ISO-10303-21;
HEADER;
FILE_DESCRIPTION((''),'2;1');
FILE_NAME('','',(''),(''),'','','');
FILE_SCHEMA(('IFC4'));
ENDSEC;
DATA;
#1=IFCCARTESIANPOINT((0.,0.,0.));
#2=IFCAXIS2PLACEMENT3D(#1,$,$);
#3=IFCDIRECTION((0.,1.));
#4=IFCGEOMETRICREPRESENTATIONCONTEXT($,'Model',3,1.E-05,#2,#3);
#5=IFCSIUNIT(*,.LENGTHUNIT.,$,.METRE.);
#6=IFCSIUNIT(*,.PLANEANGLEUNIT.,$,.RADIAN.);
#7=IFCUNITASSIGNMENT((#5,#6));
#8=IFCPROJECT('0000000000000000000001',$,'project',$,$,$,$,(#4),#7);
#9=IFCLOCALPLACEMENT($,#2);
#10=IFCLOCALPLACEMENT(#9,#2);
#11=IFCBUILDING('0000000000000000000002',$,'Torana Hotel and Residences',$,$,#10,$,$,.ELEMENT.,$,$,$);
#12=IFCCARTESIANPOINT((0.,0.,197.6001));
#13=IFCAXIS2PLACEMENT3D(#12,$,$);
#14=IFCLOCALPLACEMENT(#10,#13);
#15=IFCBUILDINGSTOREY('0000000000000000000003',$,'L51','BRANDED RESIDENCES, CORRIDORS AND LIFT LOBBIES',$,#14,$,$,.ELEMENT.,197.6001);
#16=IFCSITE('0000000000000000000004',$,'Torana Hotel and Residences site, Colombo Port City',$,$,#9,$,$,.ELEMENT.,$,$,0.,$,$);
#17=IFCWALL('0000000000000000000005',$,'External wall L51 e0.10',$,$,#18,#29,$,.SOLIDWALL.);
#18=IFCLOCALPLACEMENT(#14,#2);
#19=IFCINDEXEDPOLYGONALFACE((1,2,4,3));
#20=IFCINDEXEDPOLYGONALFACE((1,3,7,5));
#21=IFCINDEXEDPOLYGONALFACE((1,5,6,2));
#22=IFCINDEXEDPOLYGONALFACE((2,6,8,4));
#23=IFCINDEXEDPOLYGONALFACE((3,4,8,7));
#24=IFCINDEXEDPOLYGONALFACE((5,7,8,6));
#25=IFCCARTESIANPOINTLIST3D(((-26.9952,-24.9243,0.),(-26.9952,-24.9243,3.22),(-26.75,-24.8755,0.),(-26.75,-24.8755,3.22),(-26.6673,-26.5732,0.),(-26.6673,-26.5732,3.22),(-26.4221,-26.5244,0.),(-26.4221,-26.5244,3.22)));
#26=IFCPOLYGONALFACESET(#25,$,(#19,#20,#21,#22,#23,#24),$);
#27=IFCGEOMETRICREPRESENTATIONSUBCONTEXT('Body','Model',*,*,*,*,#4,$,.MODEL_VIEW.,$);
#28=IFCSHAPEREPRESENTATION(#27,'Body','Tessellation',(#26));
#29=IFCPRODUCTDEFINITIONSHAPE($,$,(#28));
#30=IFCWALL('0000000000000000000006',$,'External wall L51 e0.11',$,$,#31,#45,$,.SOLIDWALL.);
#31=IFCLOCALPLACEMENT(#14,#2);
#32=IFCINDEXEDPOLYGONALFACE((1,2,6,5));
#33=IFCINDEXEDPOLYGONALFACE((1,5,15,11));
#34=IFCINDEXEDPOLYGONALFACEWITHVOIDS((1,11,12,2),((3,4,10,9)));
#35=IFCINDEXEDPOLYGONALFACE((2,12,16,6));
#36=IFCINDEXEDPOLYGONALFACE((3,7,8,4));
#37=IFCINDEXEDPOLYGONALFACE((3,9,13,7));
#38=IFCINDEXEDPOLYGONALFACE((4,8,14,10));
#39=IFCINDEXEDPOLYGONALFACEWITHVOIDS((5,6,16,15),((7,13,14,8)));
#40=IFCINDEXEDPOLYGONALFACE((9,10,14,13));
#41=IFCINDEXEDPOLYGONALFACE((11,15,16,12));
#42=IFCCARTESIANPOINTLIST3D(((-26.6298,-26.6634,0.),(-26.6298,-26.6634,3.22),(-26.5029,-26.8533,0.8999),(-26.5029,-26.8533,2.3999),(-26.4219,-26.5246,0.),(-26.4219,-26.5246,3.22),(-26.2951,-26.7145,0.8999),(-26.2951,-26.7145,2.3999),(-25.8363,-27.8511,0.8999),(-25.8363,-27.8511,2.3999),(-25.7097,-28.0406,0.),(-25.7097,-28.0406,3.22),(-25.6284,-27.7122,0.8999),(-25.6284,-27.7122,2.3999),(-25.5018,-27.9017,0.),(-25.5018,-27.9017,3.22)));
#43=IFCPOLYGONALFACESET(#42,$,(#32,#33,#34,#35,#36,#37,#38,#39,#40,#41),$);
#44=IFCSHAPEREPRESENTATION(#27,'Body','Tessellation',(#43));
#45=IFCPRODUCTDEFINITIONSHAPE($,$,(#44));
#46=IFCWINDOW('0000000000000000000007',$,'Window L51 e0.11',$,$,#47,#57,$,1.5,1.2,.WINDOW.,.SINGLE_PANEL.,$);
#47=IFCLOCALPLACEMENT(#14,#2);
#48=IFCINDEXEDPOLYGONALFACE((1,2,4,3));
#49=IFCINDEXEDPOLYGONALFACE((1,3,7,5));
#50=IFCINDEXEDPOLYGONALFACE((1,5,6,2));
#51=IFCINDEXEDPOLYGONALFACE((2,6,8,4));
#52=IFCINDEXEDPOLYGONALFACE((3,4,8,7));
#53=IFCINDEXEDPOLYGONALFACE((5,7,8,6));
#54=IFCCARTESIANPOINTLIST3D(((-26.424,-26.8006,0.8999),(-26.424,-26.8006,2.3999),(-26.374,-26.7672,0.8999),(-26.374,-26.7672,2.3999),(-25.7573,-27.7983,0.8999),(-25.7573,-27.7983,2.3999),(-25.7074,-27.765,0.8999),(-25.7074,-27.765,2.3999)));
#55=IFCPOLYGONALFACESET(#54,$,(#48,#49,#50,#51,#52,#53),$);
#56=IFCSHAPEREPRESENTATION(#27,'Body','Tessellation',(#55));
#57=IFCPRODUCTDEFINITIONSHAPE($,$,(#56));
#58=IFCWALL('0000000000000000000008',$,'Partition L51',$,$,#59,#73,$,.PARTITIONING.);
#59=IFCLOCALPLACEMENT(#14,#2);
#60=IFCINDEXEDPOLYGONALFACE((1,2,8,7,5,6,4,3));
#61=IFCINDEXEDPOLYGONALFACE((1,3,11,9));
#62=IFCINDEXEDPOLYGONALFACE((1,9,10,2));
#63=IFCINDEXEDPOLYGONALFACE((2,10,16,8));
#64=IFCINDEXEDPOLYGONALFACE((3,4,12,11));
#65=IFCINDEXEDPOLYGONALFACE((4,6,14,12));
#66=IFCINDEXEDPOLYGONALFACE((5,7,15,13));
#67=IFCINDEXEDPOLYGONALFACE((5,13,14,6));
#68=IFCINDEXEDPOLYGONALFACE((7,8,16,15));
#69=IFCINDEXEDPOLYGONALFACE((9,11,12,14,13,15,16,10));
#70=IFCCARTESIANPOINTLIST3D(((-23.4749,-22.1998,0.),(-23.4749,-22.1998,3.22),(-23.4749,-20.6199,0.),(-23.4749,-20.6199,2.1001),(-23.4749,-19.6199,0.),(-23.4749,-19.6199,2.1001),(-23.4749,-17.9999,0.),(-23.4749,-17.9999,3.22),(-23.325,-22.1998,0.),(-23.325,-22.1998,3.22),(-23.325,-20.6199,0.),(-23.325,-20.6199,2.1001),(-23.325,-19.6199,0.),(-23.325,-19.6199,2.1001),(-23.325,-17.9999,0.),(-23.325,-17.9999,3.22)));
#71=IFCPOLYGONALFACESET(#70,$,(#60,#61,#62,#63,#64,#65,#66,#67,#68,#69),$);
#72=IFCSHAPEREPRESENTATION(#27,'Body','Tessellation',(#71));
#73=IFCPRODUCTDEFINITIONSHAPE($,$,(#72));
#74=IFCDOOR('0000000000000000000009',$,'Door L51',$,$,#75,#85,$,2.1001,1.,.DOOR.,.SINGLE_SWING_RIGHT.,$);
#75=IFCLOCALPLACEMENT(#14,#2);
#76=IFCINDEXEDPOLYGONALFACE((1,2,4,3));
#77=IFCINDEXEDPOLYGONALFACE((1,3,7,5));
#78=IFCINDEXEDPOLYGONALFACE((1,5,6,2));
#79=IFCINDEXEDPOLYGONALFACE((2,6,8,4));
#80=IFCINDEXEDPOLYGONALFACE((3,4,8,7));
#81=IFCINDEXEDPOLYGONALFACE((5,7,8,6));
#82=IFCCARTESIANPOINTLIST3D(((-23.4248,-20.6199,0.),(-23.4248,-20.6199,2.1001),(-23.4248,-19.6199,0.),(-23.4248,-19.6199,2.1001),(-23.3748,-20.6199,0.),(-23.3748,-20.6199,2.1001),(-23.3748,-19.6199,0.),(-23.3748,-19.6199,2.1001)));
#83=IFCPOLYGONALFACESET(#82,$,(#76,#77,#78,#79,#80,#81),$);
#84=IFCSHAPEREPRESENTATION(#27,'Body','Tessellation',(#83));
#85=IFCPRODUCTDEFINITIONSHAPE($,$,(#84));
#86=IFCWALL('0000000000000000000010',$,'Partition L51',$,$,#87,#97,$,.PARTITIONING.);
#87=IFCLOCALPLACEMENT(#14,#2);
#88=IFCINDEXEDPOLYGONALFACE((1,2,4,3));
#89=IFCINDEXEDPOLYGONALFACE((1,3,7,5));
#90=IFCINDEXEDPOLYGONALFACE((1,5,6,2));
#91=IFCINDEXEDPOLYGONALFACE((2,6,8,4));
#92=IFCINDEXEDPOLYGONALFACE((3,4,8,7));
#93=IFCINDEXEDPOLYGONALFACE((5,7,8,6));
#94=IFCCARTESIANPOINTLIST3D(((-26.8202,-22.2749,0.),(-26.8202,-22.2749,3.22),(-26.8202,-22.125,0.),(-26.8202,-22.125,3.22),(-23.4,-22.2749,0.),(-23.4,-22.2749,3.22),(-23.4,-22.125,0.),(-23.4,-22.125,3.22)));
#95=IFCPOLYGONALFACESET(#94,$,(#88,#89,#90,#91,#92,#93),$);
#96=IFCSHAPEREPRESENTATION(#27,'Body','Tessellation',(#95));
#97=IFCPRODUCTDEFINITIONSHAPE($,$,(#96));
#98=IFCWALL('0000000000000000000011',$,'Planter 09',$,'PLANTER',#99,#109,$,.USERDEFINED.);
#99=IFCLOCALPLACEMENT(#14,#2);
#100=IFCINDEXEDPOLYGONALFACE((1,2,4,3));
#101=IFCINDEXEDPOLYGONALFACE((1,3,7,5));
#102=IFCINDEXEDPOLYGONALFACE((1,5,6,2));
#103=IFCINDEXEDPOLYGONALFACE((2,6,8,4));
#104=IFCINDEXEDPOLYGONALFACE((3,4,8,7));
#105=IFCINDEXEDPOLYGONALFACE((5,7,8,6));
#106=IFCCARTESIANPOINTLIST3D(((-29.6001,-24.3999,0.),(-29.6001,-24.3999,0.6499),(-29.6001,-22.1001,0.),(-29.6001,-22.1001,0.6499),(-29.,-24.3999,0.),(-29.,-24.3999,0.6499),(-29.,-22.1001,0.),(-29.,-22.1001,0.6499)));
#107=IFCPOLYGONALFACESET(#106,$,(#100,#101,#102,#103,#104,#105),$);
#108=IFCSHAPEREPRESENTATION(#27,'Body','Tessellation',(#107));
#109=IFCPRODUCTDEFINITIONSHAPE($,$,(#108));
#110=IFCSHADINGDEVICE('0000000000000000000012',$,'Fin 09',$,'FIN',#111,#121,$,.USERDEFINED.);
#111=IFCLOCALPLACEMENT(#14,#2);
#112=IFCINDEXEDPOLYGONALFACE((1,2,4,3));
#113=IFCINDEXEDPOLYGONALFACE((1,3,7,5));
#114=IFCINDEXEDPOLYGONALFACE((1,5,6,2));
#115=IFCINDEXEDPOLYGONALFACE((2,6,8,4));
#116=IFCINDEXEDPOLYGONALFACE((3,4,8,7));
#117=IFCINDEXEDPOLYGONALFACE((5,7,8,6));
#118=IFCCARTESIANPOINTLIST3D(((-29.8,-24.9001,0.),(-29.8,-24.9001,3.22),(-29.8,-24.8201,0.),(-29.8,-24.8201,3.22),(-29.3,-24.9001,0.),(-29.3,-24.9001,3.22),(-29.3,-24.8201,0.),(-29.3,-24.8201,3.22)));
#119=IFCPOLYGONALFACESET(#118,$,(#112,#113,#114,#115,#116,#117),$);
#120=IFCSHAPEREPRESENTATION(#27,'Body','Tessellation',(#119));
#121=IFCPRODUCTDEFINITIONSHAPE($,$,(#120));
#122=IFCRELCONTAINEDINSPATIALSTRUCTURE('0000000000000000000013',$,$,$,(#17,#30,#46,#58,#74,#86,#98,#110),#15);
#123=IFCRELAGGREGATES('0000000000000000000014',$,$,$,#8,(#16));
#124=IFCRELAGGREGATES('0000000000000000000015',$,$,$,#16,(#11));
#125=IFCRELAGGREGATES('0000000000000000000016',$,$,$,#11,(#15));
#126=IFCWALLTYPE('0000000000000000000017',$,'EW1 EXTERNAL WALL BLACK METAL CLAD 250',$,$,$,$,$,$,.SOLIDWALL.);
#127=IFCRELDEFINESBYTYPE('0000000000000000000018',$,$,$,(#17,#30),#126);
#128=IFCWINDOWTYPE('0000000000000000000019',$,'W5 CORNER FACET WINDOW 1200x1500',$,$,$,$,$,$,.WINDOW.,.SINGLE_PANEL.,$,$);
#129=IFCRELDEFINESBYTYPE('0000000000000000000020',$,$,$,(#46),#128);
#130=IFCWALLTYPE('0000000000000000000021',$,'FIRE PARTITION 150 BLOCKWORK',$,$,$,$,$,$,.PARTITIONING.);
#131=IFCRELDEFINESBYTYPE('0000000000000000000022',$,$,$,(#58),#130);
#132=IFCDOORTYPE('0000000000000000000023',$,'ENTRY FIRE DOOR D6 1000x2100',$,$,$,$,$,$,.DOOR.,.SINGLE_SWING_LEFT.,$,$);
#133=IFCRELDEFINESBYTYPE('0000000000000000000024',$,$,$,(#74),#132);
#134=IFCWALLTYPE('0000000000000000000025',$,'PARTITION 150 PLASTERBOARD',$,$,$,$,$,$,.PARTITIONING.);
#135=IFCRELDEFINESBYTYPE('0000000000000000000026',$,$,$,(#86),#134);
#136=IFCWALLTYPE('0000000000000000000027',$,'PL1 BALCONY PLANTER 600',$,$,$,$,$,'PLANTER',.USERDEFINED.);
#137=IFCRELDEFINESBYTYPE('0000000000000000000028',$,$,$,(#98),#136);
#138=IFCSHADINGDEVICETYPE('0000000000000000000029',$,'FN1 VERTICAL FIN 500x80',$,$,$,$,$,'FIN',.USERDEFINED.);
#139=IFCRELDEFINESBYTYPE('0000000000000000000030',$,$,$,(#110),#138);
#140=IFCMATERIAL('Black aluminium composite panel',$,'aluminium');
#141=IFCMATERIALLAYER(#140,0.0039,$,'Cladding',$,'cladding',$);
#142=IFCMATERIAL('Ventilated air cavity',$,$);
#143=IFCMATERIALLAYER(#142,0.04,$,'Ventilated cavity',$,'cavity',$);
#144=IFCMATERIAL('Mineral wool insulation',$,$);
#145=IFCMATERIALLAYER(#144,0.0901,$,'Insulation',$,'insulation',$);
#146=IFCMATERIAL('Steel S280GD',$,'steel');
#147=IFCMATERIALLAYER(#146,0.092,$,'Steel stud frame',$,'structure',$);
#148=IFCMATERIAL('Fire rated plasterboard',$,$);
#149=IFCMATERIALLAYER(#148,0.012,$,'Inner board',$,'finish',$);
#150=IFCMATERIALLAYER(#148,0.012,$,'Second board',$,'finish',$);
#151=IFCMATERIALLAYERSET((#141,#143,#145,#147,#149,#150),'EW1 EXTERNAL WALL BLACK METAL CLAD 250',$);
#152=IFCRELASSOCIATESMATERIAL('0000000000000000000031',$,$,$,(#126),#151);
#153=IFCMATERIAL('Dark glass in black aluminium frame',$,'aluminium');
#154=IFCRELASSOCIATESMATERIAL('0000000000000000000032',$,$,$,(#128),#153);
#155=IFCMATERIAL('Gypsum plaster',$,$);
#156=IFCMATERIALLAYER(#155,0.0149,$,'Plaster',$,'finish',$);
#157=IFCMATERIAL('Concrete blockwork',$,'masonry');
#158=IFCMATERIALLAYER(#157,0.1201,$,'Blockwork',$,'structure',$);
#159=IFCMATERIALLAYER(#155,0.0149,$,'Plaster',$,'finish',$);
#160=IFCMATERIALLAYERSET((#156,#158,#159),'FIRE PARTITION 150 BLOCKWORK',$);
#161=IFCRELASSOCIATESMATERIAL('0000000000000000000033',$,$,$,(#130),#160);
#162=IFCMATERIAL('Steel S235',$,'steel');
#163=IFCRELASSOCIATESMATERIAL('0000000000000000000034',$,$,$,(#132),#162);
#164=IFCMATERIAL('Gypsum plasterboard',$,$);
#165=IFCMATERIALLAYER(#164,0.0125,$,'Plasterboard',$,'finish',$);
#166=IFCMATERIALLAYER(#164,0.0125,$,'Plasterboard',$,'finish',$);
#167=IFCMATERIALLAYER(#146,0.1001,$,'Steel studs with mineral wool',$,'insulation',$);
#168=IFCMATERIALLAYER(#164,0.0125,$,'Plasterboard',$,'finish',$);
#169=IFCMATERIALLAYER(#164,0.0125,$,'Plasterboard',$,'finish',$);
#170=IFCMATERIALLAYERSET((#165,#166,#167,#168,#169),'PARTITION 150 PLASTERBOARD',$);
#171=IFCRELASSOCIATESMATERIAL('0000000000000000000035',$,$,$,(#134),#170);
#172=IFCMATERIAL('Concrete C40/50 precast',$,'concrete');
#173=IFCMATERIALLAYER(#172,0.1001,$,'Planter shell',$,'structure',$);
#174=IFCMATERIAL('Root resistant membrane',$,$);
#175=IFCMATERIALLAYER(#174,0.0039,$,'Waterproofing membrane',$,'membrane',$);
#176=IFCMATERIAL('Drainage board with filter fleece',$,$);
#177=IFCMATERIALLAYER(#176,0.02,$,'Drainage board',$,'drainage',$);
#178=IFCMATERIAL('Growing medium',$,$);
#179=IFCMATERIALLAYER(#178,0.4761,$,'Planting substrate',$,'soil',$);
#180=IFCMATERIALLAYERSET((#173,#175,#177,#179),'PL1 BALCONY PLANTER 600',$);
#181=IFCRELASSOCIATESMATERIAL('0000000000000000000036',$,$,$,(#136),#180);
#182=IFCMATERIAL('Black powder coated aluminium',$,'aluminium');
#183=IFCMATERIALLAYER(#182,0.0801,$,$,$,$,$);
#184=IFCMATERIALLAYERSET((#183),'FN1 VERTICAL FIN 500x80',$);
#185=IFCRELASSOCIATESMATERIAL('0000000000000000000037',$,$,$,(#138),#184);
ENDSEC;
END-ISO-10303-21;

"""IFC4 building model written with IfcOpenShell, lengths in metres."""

from ifc_helpers import new_model, si_unit, direction, frame, frame_2d, origin, origin_2d, place, context, subcontext, project, spatial, rectangle, extrude, material, layer, layer_set, type_object, element, fill, save


model = new_model("IFC4")

# Units and contexts
model_context = context("Model", 3, precision=1e-05, world=origin(), true_north=direction((0.0, 1.0)))
body_context = subcontext(model_context, "Body", "Model", "MODEL_VIEW")
ifc_project = project(units=[si_unit("LENGTHUNIT", "METRE"), si_unit("PLANEANGLEUNIT", "RADIAN")], contexts=[model_context])

# Site, building, storey
site_placement = place(None, origin())
site = spatial("IfcSite", under=ifc_project, at=site_placement, Name="Torana Hotel and Residences site, Colombo Port City", CompositionType="ELEMENT", RefElevation=0.0)
building_placement = place(site_placement, origin())
building = spatial("IfcBuilding", under=site, at=building_placement, Name="Torana Hotel and Residences", CompositionType="ELEMENT")
storey_placement = place(building_placement, frame((0.0, 0.0, 197.6001)))
storey = spatial("IfcBuildingStorey", under=building, at=storey_placement, Name="L51", Description="BRANDED RESIDENCES, CORRIDORS AND LIFT LOBBIES", CompositionType="ELEMENT", Elevation=197.6001)

# Wall
ifc_material_1 = material(Name="Black aluminium composite panel", Category="aluminium")
ifc_layer_1 = layer(ifc_material_1, 0.0039, Name="Cladding", Category="cladding")
ifc_material_2 = material(Name="Ventilated air cavity")
ifc_layer_2 = layer(ifc_material_2, 0.04, Name="Ventilated cavity", Category="cavity")
ifc_material_3 = material(Name="Mineral wool insulation")
ifc_layer_3 = layer(ifc_material_3, 0.0901, Name="Insulation", Category="insulation")
ifc_material_4 = material(Name="Steel S280GD", Category="steel")
ifc_layer_4 = layer(ifc_material_4, 0.092, Name="Steel stud frame", Category="structure")
ifc_material_5 = material(Name="Fire rated plasterboard")
ifc_layer_5 = layer(ifc_material_5, 0.012, Name="Inner board", Category="finish")
ifc_layer_6 = layer(ifc_material_5, 0.012, Name="Second board", Category="finish")
ifc_layer_set_1 = layer_set([ifc_layer_1, ifc_layer_2, ifc_layer_3, ifc_layer_4, ifc_layer_5, ifc_layer_6], Name="EW1 EXTERNAL WALL BLACK METAL CLAD 250")
wall_type_1 = type_object("IfcWallType", Name="EW1 EXTERNAL WALL BLACK METAL CLAD 250", PredefinedType="SOLIDWALL", material=ifc_layer_set_1)
wall_1_placement = place(storey_placement, frame((-26.8726, -24.8999, 0.0), z_axis=(0.0, 0.0, 1.0), x_axis=(0.195027, -0.980798, 0.0)))
element("IfcWall", 1, at=wall_1_placement, inside=storey, type_object=wall_type_1, Name="External wall L51 e0.10", PredefinedType="SOLIDWALL", context=body_context, shape_type="SweptSolid", body=[
    extrude(rectangle(XDim=1.6812, YDim=0.25, at=frame_2d((0.8406, 0.0))), origin(), (0.0, 0.0, 1.0), 3.22),
])

# Wall, opening, window
wall_2_placement = place(storey_placement, frame((-26.5259, -26.594, 0.0), z_axis=(0.0, 0.0, 1.0), x_axis=(0.55555, -0.831483, 0.0)))
wall_2 = element("IfcWall", 2, at=wall_2_placement, inside=storey, type_object=wall_type_1, Name="External wall L51 e0.11", PredefinedType="SOLIDWALL", context=body_context, shape_type="SweptSolid", body=[
    extrude(rectangle(XDim=1.6562, YDim=0.25, at=frame_2d((0.8281, 0.0))), origin(), (0.0, 0.0, 1.0), 3.22),
])
opening_1_placement = place(wall_2_placement, frame((0.2283, 0.0, 0.8999)))
opening_1 = element("IfcOpeningElement", 3, at=opening_1_placement, cuts=wall_2, PredefinedType="OPENING", context=body_context, shape_type="SweptSolid", body=[
    extrude(rectangle(XDim=1.2, YDim=1.5, at=frame_2d((0.6001, 0.75))), frame((0.0, 0.135, 0.0), z_axis=(0.0, -1.0, 0.0), x_axis=(1.0, 0.0, 0.0)), (0.0, 0.0, 1.0), 0.27),
])
ifc_material_6 = material(Name="Dark glass in black aluminium frame", Category="aluminium")
window_type = type_object("IfcWindowType", Name="W5 CORNER FACET WINDOW 1200x1500", PartitioningType="SINGLE_PANEL", PredefinedType="WINDOW", material=ifc_material_6)
window_placement = place(opening_1_placement, origin())
window = element("IfcWindow", 4, at=window_placement, inside=storey, type_object=window_type, Name="Window L51 e0.11", OverallHeight=1.5, OverallWidth=1.2, PartitioningType="SINGLE_PANEL", PredefinedType="WINDOW", context=body_context, shape_type="SweptSolid", body=[
    extrude(rectangle(XDim=1.2, YDim=1.5, at=frame_2d((0.6001, 0.75))), frame((0.0, 0.03, 0.0), z_axis=(0.0, -1.0, 0.0), x_axis=(1.0, 0.0, 0.0)), (0.0, 0.0, 1.0), 0.0601),
])
fill(opening_1, window)

# Wall, opening, door
ifc_material_7 = material(Name="Gypsum plaster")
ifc_layer_7 = layer(ifc_material_7, 0.0149, Name="Plaster", Category="finish")
ifc_material_8 = material(Name="Concrete blockwork", Category="masonry")
ifc_layer_8 = layer(ifc_material_8, 0.1201, Name="Blockwork", Category="structure")
ifc_layer_9 = layer(ifc_material_7, 0.0149, Name="Plaster", Category="finish")
ifc_layer_set_2 = layer_set([ifc_layer_7, ifc_layer_8, ifc_layer_9], Name="FIRE PARTITION 150 BLOCKWORK")
wall_type_2 = type_object("IfcWallType", Name="FIRE PARTITION 150 BLOCKWORK", PredefinedType="PARTITIONING", material=ifc_layer_set_2)
wall_3_placement = place(storey_placement, frame((-23.3999, -22.2, 0.0), z_axis=(0.0, 0.0, 1.0), x_axis=(0.0, 1.0, 0.0)))
wall_3 = element("IfcWall", 5, at=wall_3_placement, inside=storey, type_object=wall_type_2, Name="Partition L51", PredefinedType="PARTITIONING", context=body_context, shape_type="SweptSolid", body=[
    extrude(rectangle(XDim=4.2, YDim=0.1499, at=frame_2d((2.1001, 0.0))), origin(), (0.0, 0.0, 1.0), 3.22),
])
opening_2_placement = place(wall_3_placement, frame((1.5801, 0.0, 0.0)))
opening_2 = element("IfcOpeningElement", 6, at=opening_2_placement, cuts=wall_3, PredefinedType="OPENING", context=body_context, shape_type="SweptSolid", body=[
    extrude(rectangle(XDim=1.0, YDim=2.1001, at=frame_2d((0.5, 1.05))), frame((0.0, 0.085, 0.0), z_axis=(0.0, -1.0, 0.0), x_axis=(1.0, 0.0, 0.0)), (0.0, 0.0, 1.0), 0.1699),
])
ifc_material_9 = material(Name="Steel S235", Category="steel")
door_type = type_object("IfcDoorType", Name="ENTRY FIRE DOOR D6 1000x2100", OperationType="SINGLE_SWING_LEFT", PredefinedType="DOOR", material=ifc_material_9)
door_placement = place(opening_2_placement, origin())
door = element("IfcDoor", 7, at=door_placement, inside=storey, type_object=door_type, Name="Door L51", OperationType="SINGLE_SWING_RIGHT", OverallHeight=2.1001, OverallWidth=1.0, PredefinedType="DOOR", context=body_context, shape_type="SweptSolid", body=[
    extrude(rectangle(XDim=1.0, YDim=2.1001, at=frame_2d((0.5, 1.05))), frame((0.0, 0.0249, 0.0), z_axis=(0.0, -1.0, 0.0), x_axis=(1.0, 0.0, 0.0)), (0.0, 0.0, 1.0), 0.05),
])
fill(opening_2, door)

# Walls
ifc_material_10 = material(Name="Gypsum plasterboard")
ifc_layer_10 = layer(ifc_material_10, 0.0125, Name="Plasterboard", Category="finish")
ifc_layer_11 = layer(ifc_material_10, 0.0125, Name="Plasterboard", Category="finish")
ifc_layer_12 = layer(ifc_material_4, 0.1001, Name="Steel studs with mineral wool", Category="insulation")
ifc_layer_13 = layer(ifc_material_10, 0.0125, Name="Plasterboard", Category="finish")
ifc_layer_14 = layer(ifc_material_10, 0.0125, Name="Plasterboard", Category="finish")
ifc_layer_set_3 = layer_set([ifc_layer_10, ifc_layer_11, ifc_layer_12, ifc_layer_13, ifc_layer_14], Name="PARTITION 150 PLASTERBOARD")
wall_type_3 = type_object("IfcWallType", Name="PARTITION 150 PLASTERBOARD", PredefinedType="PARTITIONING", material=ifc_layer_set_3)
wall_4_placement = place(storey_placement, frame((-26.8201, -22.2, 0.0), z_axis=(0.0, 0.0, 1.0), x_axis=(1.0, 0.0, 0.0)))
element("IfcWall", 8, at=wall_4_placement, inside=storey, type_object=wall_type_3, Name="Partition L51", PredefinedType="PARTITIONING", context=body_context, shape_type="SweptSolid", body=[
    extrude(rectangle(XDim=3.4202, YDim=0.1499, at=frame_2d((1.71, 0.0))), origin(), (0.0, 0.0, 1.0), 3.22),
])
ifc_material_11 = material(Name="Concrete C40/50 precast", Category="concrete")
ifc_layer_15 = layer(ifc_material_11, 0.1001, Name="Planter shell", Category="structure")
ifc_material_12 = material(Name="Root resistant membrane")
ifc_layer_16 = layer(ifc_material_12, 0.0039, Name="Waterproofing membrane", Category="membrane")
ifc_material_13 = material(Name="Drainage board with filter fleece")
ifc_layer_17 = layer(ifc_material_13, 0.02, Name="Drainage board", Category="drainage")
ifc_material_14 = material(Name="Growing medium")
ifc_layer_18 = layer(ifc_material_14, 0.4761, Name="Planting substrate", Category="soil")
ifc_layer_set_4 = layer_set([ifc_layer_15, ifc_layer_16, ifc_layer_17, ifc_layer_18], Name="PL1 BALCONY PLANTER 600")
wall_type_4 = type_object("IfcWallType", Name="PL1 BALCONY PLANTER 600", ElementType="PLANTER", PredefinedType="USERDEFINED", material=ifc_layer_set_4)
wall_5_placement = place(storey_placement, frame((-29.3, -24.3999, 0.0), z_axis=(0.0, 0.0, 1.0), x_axis=(0.0, 1.0, 0.0)))
element("IfcWall", 9, at=wall_5_placement, inside=storey, type_object=wall_type_4, Name="Planter 09", ObjectType="PLANTER", PredefinedType="USERDEFINED", context=body_context, shape_type="SweptSolid", body=[
    extrude(rectangle(XDim=2.2998, YDim=0.6001, at=frame_2d((1.1499, 0.0))), origin(), (0.0, 0.0, 1.0), 0.6499),
])

# Shading device
ifc_material_15 = material(Name="Black powder coated aluminium", Category="aluminium")
ifc_layer_19 = layer(ifc_material_15, 0.0801)
ifc_layer_set_5 = layer_set([ifc_layer_19], Name="FN1 VERTICAL FIN 500x80")
shading_device_type = type_object("IfcShadingDeviceType", Name="FN1 VERTICAL FIN 500x80", ElementType="FIN", PredefinedType="USERDEFINED", material=ifc_layer_set_5)
shading_device_placement = place(storey_placement, frame((-29.55, -24.8601, 0.0), z_axis=(0.0, 0.0, 1.0), x_axis=(0.0, 1.0, 0.0)))
element("IfcShadingDevice", 10, at=shading_device_placement, inside=storey, type_object=shading_device_type, Name="Fin 09", ObjectType="FIN", PredefinedType="USERDEFINED", context=body_context, shape_type="SweptSolid", body=[
    extrude(rectangle(XDim=0.0801, YDim=0.5, at=origin_2d()), origin(), (0.0, 0.0, 1.0), 3.22),
])

save(model, "model.ifc")
